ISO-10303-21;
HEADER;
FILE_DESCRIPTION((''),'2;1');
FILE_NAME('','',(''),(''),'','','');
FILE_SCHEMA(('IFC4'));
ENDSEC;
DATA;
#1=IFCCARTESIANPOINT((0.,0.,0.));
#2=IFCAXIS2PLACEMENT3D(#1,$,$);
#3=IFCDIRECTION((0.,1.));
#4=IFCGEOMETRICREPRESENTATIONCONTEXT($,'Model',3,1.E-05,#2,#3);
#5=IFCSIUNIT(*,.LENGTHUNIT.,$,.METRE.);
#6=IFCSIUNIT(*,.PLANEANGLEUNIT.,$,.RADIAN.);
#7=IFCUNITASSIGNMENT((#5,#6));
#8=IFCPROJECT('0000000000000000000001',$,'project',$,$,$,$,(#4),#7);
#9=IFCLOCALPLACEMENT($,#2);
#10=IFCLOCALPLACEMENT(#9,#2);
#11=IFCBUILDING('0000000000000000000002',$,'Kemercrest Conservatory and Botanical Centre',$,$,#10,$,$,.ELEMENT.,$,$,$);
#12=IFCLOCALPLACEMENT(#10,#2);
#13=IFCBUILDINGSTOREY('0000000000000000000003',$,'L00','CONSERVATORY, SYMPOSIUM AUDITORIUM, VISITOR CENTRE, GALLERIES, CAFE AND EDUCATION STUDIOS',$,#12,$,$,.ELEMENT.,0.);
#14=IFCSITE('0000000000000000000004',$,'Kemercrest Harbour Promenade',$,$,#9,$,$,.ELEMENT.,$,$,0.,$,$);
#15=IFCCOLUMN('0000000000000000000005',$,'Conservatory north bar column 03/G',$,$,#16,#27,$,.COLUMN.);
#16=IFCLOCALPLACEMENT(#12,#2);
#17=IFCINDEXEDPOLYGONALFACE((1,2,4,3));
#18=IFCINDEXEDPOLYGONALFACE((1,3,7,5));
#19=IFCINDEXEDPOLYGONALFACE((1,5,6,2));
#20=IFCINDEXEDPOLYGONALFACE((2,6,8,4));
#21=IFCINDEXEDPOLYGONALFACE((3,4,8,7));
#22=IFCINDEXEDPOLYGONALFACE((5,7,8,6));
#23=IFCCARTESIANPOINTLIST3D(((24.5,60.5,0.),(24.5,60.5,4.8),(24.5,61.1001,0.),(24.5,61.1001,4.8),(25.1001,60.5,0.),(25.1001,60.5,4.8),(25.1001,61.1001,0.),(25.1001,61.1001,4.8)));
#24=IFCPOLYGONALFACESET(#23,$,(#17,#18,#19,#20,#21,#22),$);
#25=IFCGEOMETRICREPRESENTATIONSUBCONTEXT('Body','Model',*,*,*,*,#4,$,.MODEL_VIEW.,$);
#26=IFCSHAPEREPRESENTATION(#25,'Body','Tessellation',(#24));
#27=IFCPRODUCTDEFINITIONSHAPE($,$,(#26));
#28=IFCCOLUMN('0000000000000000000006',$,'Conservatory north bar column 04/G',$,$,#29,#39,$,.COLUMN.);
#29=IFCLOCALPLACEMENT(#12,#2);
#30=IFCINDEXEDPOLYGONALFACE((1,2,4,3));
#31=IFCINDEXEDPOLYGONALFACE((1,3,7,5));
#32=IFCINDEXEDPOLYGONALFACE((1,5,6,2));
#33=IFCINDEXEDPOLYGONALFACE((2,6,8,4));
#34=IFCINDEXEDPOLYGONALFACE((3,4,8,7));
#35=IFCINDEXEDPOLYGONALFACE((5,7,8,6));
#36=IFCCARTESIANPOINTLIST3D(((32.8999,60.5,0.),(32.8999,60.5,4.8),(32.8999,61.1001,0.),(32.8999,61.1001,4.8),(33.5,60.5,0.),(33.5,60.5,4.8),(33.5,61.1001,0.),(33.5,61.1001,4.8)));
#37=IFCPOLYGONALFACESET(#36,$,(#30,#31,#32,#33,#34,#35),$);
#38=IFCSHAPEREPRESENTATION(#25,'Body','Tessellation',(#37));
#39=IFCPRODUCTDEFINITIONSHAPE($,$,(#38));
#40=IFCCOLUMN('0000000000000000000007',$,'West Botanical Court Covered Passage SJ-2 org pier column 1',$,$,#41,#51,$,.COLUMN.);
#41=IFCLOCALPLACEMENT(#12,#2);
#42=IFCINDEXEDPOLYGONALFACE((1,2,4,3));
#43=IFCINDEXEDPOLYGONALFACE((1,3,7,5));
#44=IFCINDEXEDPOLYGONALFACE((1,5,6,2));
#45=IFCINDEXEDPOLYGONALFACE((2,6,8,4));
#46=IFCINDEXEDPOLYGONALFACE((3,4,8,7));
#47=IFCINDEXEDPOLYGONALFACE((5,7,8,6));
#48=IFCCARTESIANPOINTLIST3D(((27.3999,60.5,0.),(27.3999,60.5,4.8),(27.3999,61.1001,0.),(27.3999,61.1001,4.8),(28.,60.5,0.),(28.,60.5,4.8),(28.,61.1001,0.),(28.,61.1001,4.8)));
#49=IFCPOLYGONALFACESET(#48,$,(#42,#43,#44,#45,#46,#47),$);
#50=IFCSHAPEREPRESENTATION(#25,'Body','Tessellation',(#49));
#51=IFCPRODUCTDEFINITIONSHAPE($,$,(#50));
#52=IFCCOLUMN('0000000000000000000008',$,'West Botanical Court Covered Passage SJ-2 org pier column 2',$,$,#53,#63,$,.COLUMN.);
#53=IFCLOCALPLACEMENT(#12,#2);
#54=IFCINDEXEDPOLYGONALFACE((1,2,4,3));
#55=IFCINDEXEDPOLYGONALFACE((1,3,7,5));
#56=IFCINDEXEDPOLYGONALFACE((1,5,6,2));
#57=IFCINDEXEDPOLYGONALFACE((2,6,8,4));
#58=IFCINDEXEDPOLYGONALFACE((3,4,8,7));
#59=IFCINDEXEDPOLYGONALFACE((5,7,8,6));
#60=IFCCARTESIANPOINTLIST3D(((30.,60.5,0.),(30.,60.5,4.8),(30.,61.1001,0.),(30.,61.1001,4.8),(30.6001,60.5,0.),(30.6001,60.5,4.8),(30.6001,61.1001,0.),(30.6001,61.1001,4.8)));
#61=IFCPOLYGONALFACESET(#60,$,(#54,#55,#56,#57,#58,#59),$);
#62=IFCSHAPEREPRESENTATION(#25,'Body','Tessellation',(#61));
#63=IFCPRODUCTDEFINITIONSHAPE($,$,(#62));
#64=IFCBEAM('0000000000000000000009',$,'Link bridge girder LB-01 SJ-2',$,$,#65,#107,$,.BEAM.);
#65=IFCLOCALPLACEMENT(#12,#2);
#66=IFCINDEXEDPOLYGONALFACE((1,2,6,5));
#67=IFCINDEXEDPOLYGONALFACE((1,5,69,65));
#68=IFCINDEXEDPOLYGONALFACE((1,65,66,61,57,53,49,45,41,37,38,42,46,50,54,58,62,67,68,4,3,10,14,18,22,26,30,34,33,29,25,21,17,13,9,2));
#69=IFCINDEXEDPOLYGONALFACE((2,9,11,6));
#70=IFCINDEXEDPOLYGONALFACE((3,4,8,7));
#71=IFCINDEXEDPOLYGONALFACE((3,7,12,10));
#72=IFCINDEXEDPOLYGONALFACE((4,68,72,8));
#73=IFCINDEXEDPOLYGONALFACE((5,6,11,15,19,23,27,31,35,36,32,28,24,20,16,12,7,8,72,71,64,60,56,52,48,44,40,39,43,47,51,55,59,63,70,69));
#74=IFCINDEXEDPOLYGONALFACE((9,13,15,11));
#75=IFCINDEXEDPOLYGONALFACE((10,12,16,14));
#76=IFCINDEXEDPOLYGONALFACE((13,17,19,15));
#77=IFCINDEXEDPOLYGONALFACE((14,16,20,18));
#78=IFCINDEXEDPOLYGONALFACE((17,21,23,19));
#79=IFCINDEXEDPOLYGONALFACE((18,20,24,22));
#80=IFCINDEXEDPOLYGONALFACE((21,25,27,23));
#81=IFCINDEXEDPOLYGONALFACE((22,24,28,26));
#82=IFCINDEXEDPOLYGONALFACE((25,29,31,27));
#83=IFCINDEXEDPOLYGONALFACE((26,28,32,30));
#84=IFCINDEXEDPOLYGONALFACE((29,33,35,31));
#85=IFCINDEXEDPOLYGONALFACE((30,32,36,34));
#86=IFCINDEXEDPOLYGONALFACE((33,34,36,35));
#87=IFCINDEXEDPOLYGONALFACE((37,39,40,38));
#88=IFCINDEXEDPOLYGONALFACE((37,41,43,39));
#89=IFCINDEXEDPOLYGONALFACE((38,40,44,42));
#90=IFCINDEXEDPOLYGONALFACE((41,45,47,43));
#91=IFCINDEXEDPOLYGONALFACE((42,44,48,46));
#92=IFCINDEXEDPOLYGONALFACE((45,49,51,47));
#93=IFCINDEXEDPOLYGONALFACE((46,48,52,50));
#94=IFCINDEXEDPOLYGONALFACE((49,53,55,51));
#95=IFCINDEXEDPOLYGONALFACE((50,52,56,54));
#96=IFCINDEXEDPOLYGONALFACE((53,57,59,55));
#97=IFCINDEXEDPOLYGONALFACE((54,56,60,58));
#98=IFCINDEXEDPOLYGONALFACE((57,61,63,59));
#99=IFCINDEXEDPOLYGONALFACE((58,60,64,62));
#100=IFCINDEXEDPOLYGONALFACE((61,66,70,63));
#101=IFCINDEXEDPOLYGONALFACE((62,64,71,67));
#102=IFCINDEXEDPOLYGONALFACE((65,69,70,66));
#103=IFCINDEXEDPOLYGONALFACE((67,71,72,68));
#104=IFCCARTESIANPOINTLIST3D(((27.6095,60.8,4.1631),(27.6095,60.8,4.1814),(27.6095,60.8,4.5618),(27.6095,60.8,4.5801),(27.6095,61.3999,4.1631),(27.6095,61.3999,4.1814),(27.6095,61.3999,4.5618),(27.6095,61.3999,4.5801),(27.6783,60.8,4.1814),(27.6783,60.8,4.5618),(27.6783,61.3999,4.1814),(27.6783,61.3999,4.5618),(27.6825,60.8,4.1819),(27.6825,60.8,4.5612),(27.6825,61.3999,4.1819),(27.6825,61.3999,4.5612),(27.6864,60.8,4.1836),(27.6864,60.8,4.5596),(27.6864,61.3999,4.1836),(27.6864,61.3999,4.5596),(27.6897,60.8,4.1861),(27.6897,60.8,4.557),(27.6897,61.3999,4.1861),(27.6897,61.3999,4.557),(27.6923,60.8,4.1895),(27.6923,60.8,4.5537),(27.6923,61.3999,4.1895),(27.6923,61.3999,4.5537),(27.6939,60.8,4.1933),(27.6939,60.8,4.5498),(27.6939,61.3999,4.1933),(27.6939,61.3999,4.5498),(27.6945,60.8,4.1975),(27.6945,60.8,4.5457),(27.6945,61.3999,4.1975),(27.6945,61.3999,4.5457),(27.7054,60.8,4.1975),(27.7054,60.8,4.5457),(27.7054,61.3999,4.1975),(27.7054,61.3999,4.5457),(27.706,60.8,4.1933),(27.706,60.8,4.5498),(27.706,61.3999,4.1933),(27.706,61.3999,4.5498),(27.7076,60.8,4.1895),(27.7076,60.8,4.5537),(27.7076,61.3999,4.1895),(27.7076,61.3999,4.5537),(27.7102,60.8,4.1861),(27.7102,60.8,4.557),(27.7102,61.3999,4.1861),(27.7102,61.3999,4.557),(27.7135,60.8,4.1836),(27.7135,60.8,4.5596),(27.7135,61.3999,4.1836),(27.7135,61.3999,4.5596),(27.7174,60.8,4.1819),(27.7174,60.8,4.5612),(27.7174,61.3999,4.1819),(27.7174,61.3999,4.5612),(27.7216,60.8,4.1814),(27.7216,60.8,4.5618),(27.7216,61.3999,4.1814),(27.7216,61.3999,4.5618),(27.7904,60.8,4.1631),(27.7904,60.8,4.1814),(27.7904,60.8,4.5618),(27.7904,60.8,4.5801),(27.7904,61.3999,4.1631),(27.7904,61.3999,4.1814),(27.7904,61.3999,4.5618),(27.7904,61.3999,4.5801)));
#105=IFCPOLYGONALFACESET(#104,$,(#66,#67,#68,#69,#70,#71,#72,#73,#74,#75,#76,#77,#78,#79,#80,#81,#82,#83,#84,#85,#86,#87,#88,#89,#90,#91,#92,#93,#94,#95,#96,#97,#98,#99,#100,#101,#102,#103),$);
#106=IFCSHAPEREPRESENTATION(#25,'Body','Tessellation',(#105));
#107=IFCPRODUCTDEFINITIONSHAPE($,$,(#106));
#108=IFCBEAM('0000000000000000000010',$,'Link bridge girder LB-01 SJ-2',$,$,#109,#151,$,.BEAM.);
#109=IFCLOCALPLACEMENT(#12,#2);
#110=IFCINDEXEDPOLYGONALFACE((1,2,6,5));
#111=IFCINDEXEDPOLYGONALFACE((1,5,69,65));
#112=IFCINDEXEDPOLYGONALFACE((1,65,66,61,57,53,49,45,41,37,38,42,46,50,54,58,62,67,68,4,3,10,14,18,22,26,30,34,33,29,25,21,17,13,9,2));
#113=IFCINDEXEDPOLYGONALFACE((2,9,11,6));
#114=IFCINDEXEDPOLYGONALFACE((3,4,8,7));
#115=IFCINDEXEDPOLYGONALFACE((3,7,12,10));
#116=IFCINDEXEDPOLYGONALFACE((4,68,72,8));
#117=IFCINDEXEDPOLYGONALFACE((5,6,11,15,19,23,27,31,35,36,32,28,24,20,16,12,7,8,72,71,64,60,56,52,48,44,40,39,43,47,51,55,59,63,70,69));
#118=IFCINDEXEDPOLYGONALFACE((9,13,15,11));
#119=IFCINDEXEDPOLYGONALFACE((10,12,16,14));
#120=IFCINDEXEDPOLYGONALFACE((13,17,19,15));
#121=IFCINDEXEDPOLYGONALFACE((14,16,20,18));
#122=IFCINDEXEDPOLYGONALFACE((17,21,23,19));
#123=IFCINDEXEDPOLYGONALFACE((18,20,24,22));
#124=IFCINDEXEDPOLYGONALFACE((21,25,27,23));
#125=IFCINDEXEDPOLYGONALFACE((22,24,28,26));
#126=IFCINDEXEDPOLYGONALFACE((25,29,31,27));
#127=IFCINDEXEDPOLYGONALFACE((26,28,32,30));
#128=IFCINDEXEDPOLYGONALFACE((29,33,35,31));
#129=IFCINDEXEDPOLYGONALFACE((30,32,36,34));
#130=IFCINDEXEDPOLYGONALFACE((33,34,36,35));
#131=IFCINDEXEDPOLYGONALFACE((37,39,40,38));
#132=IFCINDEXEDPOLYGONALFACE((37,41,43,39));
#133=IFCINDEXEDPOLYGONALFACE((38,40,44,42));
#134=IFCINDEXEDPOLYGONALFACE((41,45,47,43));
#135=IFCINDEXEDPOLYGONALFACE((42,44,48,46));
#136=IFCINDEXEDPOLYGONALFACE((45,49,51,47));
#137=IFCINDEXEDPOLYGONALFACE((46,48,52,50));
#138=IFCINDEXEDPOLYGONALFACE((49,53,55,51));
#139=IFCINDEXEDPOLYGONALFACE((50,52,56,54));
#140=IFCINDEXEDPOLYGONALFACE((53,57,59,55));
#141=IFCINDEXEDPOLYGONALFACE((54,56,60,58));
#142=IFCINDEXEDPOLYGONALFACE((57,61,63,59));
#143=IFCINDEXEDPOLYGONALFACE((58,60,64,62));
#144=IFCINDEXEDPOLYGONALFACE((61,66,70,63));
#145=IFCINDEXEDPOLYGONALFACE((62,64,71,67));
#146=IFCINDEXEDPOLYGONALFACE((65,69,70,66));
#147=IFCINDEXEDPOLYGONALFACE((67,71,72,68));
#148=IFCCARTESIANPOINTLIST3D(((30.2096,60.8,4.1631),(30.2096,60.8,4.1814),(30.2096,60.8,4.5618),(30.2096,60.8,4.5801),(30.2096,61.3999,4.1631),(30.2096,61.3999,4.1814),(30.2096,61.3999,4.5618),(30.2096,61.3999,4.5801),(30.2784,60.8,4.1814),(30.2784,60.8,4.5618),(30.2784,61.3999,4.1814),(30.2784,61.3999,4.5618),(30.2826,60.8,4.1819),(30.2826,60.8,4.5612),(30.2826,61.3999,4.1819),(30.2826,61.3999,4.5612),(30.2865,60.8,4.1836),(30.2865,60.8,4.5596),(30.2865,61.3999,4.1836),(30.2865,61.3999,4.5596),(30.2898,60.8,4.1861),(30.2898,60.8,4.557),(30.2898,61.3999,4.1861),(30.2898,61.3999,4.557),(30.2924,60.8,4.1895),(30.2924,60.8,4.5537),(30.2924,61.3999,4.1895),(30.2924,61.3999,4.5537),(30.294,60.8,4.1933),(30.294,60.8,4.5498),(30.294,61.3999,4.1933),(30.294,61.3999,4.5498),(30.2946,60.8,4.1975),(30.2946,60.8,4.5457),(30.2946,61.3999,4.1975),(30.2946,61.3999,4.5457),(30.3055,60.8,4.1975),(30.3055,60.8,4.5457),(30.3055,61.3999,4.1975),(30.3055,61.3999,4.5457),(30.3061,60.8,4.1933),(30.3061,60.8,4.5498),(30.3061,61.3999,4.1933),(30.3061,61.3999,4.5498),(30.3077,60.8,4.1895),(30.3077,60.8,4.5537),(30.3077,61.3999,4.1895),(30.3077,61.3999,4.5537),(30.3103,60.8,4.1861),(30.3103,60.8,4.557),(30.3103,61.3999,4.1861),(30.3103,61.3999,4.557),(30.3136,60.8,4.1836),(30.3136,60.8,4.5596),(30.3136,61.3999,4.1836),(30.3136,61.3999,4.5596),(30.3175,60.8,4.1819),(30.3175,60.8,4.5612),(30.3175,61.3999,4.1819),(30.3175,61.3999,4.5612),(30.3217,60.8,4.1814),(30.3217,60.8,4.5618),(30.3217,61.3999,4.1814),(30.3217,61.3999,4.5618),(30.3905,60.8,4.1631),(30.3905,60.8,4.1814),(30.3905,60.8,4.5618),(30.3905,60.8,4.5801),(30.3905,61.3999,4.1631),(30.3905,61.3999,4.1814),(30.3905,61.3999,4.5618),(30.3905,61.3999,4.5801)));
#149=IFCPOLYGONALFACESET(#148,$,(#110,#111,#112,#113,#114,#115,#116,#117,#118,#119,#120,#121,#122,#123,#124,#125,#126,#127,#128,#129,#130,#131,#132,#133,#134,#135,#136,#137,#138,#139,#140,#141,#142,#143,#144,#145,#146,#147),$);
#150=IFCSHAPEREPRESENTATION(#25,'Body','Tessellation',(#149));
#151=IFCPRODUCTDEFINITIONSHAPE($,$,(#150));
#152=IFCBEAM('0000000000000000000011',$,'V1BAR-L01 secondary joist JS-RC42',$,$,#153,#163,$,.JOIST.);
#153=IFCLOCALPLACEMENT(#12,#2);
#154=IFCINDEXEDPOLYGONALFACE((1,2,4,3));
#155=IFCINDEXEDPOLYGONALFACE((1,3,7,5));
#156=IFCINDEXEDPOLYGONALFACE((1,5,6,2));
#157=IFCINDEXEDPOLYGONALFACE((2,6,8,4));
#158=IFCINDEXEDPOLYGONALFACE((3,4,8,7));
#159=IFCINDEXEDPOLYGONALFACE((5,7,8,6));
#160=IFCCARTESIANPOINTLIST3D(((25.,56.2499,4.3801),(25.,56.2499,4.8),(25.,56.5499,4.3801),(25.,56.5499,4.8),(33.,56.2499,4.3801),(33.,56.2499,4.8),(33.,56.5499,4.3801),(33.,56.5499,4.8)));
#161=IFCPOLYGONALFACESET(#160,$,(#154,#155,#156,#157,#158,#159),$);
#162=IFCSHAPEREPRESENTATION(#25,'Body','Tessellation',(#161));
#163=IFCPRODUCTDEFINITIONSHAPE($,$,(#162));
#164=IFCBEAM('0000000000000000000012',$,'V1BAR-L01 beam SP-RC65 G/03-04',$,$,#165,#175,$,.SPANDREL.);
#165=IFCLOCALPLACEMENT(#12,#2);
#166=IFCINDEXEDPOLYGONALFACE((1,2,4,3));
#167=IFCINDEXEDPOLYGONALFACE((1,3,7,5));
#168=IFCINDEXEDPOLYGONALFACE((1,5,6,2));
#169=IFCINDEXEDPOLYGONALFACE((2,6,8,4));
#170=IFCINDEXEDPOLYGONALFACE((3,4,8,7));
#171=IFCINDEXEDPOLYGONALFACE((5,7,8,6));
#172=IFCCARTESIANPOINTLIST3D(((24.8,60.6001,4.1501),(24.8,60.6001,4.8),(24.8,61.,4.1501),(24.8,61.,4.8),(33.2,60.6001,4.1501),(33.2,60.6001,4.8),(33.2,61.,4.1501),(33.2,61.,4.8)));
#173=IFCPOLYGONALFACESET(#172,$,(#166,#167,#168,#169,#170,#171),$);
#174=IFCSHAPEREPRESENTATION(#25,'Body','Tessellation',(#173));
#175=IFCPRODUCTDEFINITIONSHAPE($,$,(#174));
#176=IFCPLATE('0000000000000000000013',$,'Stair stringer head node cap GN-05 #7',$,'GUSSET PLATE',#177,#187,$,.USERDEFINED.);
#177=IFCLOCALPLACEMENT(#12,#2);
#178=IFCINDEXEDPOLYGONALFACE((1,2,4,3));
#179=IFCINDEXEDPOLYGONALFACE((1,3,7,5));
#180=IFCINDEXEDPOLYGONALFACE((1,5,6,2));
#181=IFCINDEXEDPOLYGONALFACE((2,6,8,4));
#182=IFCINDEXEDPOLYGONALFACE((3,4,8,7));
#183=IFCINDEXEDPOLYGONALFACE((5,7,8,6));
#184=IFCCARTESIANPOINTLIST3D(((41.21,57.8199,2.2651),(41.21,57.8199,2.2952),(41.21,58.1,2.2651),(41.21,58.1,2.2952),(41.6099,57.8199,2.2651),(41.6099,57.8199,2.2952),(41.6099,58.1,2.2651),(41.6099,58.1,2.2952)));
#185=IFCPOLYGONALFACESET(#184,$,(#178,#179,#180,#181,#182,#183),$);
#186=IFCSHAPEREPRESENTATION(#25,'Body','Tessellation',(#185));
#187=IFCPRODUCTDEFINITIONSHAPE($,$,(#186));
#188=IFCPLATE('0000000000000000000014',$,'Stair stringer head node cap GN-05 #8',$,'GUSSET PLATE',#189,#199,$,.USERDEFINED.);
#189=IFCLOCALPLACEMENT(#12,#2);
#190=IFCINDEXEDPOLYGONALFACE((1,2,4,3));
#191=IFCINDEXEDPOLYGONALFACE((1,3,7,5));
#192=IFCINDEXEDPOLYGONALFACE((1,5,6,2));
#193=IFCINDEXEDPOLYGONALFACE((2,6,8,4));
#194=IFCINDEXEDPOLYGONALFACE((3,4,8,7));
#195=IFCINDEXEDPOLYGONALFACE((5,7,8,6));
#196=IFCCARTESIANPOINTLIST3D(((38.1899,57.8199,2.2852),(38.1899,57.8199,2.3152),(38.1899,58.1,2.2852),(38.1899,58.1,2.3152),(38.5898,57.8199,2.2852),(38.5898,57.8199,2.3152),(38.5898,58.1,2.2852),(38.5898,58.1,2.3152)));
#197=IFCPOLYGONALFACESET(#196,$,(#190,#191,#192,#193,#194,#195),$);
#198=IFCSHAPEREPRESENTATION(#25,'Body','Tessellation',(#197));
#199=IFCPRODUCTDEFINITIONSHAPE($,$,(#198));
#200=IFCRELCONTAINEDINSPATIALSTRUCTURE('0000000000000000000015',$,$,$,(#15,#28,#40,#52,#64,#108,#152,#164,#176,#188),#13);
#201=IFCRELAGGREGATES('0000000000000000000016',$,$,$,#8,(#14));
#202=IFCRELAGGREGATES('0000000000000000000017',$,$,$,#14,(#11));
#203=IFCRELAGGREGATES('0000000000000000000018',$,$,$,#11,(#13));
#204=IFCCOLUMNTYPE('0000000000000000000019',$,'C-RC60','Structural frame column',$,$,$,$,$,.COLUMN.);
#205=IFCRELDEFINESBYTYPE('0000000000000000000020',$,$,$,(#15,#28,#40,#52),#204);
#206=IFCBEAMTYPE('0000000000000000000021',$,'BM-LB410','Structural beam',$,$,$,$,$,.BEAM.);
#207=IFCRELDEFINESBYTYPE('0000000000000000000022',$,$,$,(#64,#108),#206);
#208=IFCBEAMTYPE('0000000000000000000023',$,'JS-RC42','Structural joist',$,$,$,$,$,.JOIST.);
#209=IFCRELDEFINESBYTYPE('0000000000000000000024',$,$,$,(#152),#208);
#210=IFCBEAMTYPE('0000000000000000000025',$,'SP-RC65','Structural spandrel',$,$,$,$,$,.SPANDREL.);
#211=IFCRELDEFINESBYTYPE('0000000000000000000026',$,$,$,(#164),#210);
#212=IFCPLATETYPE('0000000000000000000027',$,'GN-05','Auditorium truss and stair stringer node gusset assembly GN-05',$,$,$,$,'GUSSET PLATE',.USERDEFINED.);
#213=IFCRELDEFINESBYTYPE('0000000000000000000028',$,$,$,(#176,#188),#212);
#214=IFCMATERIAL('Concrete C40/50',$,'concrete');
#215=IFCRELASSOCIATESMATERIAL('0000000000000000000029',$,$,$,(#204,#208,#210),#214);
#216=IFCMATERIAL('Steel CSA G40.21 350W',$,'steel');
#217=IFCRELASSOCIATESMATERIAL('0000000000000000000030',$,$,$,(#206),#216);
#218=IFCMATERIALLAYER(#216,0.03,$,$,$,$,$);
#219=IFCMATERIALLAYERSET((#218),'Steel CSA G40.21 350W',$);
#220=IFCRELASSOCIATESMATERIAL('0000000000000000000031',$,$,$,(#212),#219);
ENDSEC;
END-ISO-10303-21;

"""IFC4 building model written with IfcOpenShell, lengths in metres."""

from ifc_helpers import new_model, si_unit, direction, frame, origin, origin_2d, place, context, subcontext, project, spatial, rectangle, i_section, extrude, material, layer, layer_set, material_profile, profile_set, type_object, element, save


model = new_model("IFC4")

# Units and contexts
model_context = context("Model", 3, precision=1e-05, world=origin(), true_north=direction((0.0, 1.0)))
body_context = subcontext(model_context, "Body", "Model", "MODEL_VIEW")
ifc_project = project(units=[si_unit("LENGTHUNIT", "METRE"), si_unit("PLANEANGLEUNIT", "RADIAN")], contexts=[model_context])

# Site, building, storey
site_placement = place(None, origin())
site = spatial("IfcSite", under=ifc_project, at=site_placement, Name="Kemercrest Harbour Promenade", CompositionType="ELEMENT", RefElevation=0.0)
building_placement = place(site_placement, origin())
building = spatial("IfcBuilding", under=site, at=building_placement, Name="Kemercrest Conservatory and Botanical Centre", CompositionType="ELEMENT")
storey_placement = place(building_placement, origin())
storey = spatial("IfcBuildingStorey", under=building, at=storey_placement, Name="L00", Description="CONSERVATORY, SYMPOSIUM AUDITORIUM, VISITOR CENTRE, GALLERIES, CAFE AND EDUCATION STUDIOS", CompositionType="ELEMENT", Elevation=0.0)

# Columns
ifc_material_1 = material(Name="Concrete C40/50", Category="concrete")
ifc_material_profile_1 = material_profile(ifc_material_1, rectangle(XDim=0.6001, YDim=0.6001, at=origin_2d()), Name="RC 600x600")
ifc_profile_set_1 = profile_set([ifc_material_profile_1], Name="Concrete C40/50")
column_type = type_object("IfcColumnType", Name="C-RC60", Description="Structural frame column", PredefinedType="COLUMN", material=ifc_profile_set_1)
for number, where, z_axis, x_axis, name in (
    (1, (24.8, 60.8, 0.0), (0.0, 0.0, 1.0), (1.0, 0.0, 0.0), "Conservatory north bar column 03/G"),
    (2, (33.2, 60.8, 0.0), (0.0, 0.0, 1.0), (1.0, 0.0, 0.0), "Conservatory north bar column 04/G"),
    (3, (27.7, 60.8, 0.0), (0.0, 0.0, 1.0), (1.0, 0.0, 0.0), "West Botanical Court Covered Passage SJ-2 org pier column 1"),
    (4, (30.3, 60.8, 0.0), (0.0, 0.0, 1.0), (1.0, 0.0, 0.0), "West Botanical Court Covered Passage SJ-2 org pier column 2"),
):
    element("IfcColumn", number, at=place(storey_placement, frame(where, z_axis=z_axis, x_axis=x_axis)), inside=storey, type_object=column_type, Name=name, PredefinedType="COLUMN", context=body_context, shape_type="SweptSolid", body=[
        extrude(rectangle(XDim=0.6001, YDim=0.6001, at=origin_2d()), origin(), (0.0, 0.0, 1.0), 4.8),
    ])

# Beams
ifc_material_2 = material(Name="Steel CSA G40.21 350W", Category="steel")
ifc_material_profile_2 = material_profile(ifc_material_2, i_section(OverallWidth=0.1809, OverallDepth=0.417, WebThickness=0.011, FlangeThickness=0.0183, FilletRadius=0.0161, at=origin_2d()), Name="W410X85")
ifc_profile_set_2 = profile_set([ifc_material_profile_2], Name="Steel CSA G40.21 350W")
beam_type_1 = type_object("IfcBeamType", Name="BM-LB410", Description="Structural beam", PredefinedType="BEAM", material=ifc_profile_set_2)
for number, where, z_axis, x_axis, name in (
    (5, (27.7, 60.8, 4.3716), (0.0, 1.0, 0.0), (-1.0, 0.0, 0.0), "Link bridge girder LB-01 SJ-2"),
    (6, (30.3, 60.8, 4.3716), (0.0, 1.0, 0.0), (-1.0, 0.0, 0.0), "Link bridge girder LB-01 SJ-2"),
):
    element("IfcBeam", number, at=place(storey_placement, frame(where, z_axis=z_axis, x_axis=x_axis)), inside=storey, type_object=beam_type_1, Name=name, PredefinedType="BEAM", context=body_context, shape_type="SweptSolid", body=[
        extrude(i_section(OverallWidth=0.1809, OverallDepth=0.417, WebThickness=0.011, FlangeThickness=0.0183, FilletRadius=0.0161, at=origin_2d()), origin(), (0.0, 0.0, 1.0), 0.5999),
    ])
ifc_material_profile_3 = material_profile(ifc_material_1, rectangle(XDim=0.3, YDim=0.4199, at=origin_2d()), Name="RC 300x420")
ifc_profile_set_3 = profile_set([ifc_material_profile_3], Name="Concrete C40/50")
beam_type_2 = type_object("IfcBeamType", Name="JS-RC42", Description="Structural joist", PredefinedType="JOIST", material=ifc_profile_set_3)
beam_1_placement = place(storey_placement, frame((25.0, 56.3999, 4.5901), z_axis=(1.0, 0.0, 0.0), x_axis=(0.0, 1.0, 0.0)))
element("IfcBeam", 7, at=beam_1_placement, inside=storey, type_object=beam_type_2, Name="V1BAR-L01 secondary joist JS-RC42", PredefinedType="JOIST", context=body_context, shape_type="SweptSolid", body=[
    extrude(rectangle(XDim=0.3, YDim=0.4199, at=origin_2d()), origin(), (0.0, 0.0, 1.0), 8.0),
])
ifc_material_profile_4 = material_profile(ifc_material_1, rectangle(XDim=0.3999, YDim=0.6499, at=origin_2d()), Name="RC 400x650")
ifc_profile_set_4 = profile_set([ifc_material_profile_4], Name="Concrete C40/50")
beam_type_3 = type_object("IfcBeamType", Name="SP-RC65", Description="Structural spandrel", PredefinedType="SPANDREL", material=ifc_profile_set_4)
beam_2_placement = place(storey_placement, frame((24.8, 60.8, 4.4751), z_axis=(1.0, 0.0, 0.0), x_axis=(0.0, 1.0, 0.0)))
element("IfcBeam", 8, at=beam_2_placement, inside=storey, type_object=beam_type_3, Name="V1BAR-L01 beam SP-RC65 G/03-04", PredefinedType="SPANDREL", context=body_context, shape_type="SweptSolid", body=[
    extrude(rectangle(XDim=0.3999, YDim=0.6499, at=origin_2d()), origin(), (0.0, 0.0, 1.0), 8.3999),
])

# Plates
ifc_layer_1 = layer(ifc_material_2, 0.03)
ifc_layer_set_1 = layer_set([ifc_layer_1], Name="Steel CSA G40.21 350W")
plate_type = type_object("IfcPlateType", Name="GN-05", Description="Auditorium truss and stair stringer node gusset assembly GN-05", ElementType="GUSSET PLATE", PredefinedType="USERDEFINED", material=ifc_layer_set_1)
for number, where, z_axis, x_axis, name in (
    (9, (41.4099, 57.96, 2.2651), (0.0, 0.0, 1.0), (1.0, 0.0, 0.0), "Stair stringer head node cap GN-05 #7"),
    (10, (38.3899, 57.96, 2.2852), (0.0, 0.0, 1.0), (1.0, 0.0, 0.0), "Stair stringer head node cap GN-05 #8"),
):
    element("IfcPlate", number, at=place(storey_placement, frame(where, z_axis=z_axis, x_axis=x_axis)), inside=storey, type_object=plate_type, Name=name, ObjectType="GUSSET PLATE", PredefinedType="USERDEFINED", context=body_context, shape_type="SweptSolid", body=[
        extrude(rectangle(XDim=0.3999, YDim=0.28, at=origin_2d()), origin(), (0.0, 0.0, 1.0), 0.03),
    ])

save(model, "model.ifc")
